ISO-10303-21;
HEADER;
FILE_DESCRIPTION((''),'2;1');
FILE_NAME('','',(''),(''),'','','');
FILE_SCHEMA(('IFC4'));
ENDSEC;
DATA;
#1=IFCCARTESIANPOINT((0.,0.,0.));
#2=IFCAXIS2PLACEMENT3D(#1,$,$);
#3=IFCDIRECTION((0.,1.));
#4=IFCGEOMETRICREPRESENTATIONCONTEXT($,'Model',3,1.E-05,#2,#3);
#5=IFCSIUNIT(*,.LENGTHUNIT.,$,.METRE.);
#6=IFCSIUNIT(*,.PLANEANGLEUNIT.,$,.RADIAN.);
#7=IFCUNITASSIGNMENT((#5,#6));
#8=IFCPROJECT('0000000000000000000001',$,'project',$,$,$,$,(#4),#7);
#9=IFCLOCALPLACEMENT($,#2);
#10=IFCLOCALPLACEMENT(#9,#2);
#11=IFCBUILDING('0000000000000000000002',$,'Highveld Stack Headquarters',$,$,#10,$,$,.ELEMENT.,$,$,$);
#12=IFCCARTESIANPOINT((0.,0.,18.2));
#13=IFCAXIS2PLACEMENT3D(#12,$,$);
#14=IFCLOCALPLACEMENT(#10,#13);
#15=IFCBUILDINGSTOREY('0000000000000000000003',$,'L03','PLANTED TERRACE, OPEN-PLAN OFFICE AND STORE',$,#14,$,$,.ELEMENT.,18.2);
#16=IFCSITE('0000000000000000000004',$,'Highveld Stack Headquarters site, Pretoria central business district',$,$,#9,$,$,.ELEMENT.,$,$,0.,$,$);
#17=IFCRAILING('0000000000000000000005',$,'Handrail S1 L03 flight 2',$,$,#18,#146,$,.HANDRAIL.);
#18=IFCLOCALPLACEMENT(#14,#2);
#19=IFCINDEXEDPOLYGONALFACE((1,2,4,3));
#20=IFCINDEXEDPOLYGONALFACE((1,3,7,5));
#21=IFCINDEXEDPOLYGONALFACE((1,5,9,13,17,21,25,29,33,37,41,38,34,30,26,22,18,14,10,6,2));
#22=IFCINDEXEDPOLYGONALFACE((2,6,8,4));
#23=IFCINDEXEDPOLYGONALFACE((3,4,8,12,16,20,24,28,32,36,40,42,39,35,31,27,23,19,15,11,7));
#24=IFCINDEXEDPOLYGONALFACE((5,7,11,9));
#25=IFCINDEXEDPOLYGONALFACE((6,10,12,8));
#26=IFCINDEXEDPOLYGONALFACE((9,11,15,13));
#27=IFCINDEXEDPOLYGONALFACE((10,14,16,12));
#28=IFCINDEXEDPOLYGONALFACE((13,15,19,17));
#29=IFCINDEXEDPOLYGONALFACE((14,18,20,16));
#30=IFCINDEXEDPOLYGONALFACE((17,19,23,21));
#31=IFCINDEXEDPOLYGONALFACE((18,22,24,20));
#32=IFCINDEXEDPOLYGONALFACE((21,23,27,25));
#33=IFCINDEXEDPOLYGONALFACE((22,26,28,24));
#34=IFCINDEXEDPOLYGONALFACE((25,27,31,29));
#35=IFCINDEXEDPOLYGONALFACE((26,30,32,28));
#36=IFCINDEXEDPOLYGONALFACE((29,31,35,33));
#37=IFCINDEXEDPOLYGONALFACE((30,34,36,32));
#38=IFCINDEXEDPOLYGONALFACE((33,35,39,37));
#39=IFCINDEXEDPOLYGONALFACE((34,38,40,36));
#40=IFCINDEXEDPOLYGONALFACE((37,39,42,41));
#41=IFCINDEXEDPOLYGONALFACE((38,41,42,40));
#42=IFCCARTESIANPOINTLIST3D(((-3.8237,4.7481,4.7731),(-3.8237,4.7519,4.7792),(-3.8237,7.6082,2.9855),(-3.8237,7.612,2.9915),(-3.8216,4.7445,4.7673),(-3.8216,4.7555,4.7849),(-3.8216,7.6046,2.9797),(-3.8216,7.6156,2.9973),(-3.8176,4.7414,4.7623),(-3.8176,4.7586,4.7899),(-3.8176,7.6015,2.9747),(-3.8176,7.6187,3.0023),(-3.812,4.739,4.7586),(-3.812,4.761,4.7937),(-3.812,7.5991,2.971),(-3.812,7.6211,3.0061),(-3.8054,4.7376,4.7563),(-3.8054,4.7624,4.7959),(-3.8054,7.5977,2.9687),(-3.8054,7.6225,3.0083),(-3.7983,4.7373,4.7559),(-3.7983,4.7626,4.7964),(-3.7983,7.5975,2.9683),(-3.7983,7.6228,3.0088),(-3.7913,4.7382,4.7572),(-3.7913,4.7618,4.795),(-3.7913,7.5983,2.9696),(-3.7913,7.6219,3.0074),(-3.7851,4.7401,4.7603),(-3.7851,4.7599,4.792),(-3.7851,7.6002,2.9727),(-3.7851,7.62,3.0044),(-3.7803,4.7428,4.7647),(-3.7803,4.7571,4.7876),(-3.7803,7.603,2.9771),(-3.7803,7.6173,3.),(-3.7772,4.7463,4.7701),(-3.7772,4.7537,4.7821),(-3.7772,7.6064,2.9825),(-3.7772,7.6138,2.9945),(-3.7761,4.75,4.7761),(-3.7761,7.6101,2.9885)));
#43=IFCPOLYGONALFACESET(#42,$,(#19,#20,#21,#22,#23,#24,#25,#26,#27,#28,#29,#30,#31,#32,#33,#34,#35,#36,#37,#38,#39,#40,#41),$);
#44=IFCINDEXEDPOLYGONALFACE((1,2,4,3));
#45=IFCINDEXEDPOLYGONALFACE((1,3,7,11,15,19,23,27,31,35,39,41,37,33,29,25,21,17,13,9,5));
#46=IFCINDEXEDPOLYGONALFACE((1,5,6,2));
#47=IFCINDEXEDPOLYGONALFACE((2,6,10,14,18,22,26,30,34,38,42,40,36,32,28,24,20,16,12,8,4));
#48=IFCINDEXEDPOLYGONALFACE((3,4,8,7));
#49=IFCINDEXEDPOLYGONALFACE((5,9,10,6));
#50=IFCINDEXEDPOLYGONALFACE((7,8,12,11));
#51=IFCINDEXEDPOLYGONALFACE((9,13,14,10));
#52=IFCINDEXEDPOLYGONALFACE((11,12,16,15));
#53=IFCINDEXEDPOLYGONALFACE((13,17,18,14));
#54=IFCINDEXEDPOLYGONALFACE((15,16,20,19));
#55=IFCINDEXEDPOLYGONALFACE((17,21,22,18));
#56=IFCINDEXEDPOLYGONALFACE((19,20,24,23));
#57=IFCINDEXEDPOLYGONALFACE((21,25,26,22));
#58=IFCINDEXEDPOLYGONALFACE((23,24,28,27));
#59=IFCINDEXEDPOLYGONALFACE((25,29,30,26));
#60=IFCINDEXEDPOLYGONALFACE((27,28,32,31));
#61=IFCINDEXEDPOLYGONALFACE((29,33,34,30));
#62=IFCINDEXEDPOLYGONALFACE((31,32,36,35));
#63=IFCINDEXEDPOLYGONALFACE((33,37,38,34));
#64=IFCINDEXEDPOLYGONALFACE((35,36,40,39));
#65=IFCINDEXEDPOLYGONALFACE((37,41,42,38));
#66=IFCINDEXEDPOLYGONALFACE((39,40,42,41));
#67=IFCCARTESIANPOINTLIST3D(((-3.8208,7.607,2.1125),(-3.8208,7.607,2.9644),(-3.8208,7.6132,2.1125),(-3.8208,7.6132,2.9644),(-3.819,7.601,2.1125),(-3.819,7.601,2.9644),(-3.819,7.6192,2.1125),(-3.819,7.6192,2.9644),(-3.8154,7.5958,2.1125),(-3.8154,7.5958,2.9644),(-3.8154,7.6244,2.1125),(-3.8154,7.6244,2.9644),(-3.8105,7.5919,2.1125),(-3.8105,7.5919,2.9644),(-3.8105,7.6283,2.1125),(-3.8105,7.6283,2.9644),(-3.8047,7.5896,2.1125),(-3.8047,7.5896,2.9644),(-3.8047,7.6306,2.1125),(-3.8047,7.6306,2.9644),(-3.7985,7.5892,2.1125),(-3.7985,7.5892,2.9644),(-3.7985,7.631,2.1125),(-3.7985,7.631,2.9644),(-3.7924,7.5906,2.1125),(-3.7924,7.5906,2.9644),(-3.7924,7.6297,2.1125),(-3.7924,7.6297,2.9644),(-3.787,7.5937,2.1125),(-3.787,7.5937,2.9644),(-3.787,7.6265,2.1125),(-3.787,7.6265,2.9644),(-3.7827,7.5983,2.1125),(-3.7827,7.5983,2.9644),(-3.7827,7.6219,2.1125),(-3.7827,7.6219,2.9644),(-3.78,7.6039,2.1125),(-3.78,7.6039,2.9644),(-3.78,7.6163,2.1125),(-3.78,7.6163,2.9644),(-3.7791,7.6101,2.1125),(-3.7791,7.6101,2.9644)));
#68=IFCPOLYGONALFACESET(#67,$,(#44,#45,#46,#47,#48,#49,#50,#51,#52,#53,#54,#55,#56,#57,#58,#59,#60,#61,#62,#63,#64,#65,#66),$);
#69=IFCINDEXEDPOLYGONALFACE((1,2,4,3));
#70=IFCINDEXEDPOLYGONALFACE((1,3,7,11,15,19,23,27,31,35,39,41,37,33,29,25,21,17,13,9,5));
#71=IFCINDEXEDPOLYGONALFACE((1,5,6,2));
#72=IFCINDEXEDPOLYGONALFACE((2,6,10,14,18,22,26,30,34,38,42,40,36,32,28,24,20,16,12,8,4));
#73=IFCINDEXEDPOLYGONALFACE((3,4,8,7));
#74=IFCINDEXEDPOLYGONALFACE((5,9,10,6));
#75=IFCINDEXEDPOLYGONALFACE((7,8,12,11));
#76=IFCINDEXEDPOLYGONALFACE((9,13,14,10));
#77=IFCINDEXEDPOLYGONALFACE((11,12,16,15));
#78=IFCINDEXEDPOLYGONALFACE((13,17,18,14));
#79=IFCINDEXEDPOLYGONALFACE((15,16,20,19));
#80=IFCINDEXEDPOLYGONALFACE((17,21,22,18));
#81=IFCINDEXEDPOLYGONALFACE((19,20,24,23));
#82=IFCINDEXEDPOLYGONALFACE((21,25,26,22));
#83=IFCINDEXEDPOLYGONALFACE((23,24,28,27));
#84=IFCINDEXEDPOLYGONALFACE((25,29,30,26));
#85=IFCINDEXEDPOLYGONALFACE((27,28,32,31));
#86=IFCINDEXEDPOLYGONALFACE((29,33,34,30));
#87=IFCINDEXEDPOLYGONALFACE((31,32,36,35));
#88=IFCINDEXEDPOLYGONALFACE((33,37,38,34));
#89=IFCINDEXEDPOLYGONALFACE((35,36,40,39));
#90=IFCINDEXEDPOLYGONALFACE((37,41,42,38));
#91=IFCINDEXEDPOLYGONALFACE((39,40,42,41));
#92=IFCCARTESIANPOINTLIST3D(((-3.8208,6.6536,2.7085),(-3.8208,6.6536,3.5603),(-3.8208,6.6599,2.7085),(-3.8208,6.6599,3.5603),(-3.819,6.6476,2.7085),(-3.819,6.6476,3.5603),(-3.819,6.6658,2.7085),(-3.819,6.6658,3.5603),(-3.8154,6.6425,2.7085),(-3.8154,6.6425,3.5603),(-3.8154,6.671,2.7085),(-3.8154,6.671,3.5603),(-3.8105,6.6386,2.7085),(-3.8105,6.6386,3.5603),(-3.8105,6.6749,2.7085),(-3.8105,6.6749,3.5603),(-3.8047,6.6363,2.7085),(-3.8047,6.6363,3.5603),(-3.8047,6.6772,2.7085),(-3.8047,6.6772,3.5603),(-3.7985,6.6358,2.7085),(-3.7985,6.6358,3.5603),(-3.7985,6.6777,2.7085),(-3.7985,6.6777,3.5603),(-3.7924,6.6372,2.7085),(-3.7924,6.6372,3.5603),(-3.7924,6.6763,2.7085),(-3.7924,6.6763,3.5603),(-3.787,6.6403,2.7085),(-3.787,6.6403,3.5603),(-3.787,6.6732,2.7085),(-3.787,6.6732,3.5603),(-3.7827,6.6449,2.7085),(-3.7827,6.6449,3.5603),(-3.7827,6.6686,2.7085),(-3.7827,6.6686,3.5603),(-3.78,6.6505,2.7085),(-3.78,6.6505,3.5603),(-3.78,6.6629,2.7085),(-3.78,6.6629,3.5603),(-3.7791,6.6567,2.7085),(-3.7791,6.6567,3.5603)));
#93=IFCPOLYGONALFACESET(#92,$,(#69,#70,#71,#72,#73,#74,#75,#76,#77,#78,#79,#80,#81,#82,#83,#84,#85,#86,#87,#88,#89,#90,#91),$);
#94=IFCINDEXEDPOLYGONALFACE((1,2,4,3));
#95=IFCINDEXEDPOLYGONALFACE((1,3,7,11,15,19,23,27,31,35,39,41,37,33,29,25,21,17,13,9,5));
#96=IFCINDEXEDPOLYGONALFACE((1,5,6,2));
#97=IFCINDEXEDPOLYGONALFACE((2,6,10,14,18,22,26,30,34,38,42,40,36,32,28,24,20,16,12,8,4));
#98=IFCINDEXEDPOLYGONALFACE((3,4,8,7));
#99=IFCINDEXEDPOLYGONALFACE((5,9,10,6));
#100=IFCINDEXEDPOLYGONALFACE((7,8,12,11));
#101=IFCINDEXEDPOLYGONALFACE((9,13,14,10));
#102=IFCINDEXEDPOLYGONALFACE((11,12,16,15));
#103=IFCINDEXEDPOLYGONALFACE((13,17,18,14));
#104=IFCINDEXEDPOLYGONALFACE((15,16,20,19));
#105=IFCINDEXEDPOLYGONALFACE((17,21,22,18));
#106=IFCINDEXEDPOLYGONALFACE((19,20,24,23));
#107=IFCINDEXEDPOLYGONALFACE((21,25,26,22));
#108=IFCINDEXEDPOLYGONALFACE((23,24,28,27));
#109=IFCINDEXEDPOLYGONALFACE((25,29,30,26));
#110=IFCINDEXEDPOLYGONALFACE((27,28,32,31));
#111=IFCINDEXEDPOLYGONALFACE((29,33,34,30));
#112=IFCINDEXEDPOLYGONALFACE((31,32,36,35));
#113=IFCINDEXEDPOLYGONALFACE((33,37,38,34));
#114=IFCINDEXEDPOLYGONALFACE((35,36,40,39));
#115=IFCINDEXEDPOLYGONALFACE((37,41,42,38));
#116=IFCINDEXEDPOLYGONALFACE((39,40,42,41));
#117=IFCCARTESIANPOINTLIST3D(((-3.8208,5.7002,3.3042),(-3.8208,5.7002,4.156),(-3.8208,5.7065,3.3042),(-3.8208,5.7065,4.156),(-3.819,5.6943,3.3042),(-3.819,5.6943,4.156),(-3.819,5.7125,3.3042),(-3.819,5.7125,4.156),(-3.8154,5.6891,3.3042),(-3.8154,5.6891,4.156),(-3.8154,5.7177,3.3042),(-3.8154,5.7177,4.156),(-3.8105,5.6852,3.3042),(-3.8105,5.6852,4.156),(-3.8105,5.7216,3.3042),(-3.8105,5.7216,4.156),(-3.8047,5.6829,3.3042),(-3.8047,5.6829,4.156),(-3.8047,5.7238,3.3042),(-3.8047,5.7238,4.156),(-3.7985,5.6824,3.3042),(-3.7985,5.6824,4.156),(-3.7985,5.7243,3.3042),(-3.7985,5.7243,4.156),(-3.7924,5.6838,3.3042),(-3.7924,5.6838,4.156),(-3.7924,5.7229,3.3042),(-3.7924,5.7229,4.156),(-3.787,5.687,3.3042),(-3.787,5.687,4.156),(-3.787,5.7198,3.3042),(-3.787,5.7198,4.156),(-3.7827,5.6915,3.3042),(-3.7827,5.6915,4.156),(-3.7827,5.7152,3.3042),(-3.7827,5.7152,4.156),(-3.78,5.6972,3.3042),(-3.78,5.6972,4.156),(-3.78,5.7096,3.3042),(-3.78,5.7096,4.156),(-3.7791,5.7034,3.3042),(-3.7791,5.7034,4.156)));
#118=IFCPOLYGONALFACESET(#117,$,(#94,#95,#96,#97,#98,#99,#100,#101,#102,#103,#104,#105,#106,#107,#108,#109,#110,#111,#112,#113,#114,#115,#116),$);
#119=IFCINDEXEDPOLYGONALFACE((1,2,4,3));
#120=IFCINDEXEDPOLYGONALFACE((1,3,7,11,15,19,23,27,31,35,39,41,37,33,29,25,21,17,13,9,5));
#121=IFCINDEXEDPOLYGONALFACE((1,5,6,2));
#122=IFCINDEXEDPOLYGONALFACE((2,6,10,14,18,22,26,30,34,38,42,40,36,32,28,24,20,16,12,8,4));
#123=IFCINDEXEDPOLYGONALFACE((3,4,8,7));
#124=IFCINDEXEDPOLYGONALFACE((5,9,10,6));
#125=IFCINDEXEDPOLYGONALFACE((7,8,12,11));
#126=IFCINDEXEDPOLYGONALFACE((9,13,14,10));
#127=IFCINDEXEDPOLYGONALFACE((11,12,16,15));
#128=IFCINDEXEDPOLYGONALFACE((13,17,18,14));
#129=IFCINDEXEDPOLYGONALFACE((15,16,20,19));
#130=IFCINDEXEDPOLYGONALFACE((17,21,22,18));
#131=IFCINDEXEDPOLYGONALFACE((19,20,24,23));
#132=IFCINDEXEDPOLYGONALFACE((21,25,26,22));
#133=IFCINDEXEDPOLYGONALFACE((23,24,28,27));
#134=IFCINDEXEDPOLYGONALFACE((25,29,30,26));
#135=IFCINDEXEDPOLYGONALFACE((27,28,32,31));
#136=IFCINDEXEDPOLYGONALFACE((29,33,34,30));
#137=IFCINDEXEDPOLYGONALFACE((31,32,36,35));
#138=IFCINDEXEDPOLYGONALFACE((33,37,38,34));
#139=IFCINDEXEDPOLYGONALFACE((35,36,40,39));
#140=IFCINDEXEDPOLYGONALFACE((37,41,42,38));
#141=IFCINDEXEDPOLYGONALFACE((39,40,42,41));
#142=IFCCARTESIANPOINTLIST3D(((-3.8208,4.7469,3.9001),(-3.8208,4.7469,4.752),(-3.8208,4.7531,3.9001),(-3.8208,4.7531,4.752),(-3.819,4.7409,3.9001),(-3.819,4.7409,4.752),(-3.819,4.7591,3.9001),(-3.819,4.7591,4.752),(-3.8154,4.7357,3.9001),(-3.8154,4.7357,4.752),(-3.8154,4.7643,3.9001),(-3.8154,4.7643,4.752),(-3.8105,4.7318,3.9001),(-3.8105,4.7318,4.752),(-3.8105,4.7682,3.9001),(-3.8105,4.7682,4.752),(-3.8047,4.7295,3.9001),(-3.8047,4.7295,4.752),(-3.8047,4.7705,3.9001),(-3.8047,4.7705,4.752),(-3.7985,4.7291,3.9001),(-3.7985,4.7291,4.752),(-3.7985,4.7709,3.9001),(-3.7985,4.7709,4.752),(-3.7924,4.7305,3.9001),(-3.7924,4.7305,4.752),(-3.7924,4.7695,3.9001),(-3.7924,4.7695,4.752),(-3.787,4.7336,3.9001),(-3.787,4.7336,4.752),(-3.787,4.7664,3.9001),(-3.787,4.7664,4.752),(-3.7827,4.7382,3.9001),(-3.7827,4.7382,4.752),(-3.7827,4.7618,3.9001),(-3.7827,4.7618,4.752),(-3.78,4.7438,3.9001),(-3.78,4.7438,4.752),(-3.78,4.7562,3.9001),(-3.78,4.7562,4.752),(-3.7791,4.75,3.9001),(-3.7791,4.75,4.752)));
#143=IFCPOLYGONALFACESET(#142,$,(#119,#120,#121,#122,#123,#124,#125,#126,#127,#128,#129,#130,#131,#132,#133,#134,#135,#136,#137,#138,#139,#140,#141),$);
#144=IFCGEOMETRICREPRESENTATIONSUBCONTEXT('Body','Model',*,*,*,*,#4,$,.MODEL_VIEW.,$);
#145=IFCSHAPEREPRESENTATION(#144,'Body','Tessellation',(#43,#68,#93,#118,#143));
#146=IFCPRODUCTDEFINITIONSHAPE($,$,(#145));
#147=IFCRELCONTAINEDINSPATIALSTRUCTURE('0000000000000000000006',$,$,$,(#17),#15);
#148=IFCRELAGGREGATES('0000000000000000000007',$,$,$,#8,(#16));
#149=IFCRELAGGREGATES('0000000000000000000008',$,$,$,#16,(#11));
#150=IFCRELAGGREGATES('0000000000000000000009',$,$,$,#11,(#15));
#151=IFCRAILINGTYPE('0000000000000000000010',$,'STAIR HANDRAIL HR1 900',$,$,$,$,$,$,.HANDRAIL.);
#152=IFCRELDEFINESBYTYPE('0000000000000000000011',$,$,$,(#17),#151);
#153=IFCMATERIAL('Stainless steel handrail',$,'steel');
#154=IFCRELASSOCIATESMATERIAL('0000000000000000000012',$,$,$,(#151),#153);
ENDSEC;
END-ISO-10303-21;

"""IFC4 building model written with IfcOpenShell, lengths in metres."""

from ifc_helpers import new_model, si_unit, direction, frame, origin, origin_2d, place, context, subcontext, project, spatial, circle, extrude, material, type_object, element, save


model = new_model("IFC4")

# Units and contexts
model_context = context("Model", 3, precision=1e-05, world=origin(), true_north=direction((0.0, 1.0)))
body_context = subcontext(model_context, "Body", "Model", "MODEL_VIEW")
ifc_project = project(units=[si_unit("LENGTHUNIT", "METRE"), si_unit("PLANEANGLEUNIT", "RADIAN")], contexts=[model_context])

# Site, building, storey
site_placement = place(None, origin())
site = spatial("IfcSite", under=ifc_project, at=site_placement, Name="Highveld Stack Headquarters site, Pretoria central business district", CompositionType="ELEMENT", RefElevation=0.0)
building_placement = place(site_placement, origin())
building = spatial("IfcBuilding", under=site, at=building_placement, Name="Highveld Stack Headquarters", CompositionType="ELEMENT")
storey_placement = place(building_placement, frame((0.0, 0.0, 18.2)))
storey = spatial("IfcBuildingStorey", under=building, at=storey_placement, Name="L03", Description="PLANTED TERRACE, OPEN-PLAN OFFICE AND STORE", CompositionType="ELEMENT", Elevation=18.2)

# Railing
ifc_material_1 = material(Name="Stainless steel handrail", Category="steel")
railing_type = type_object("IfcRailingType", Name="STAIR HANDRAIL HR1 900", PredefinedType="HANDRAIL", material=ifc_material_1)
for number, where, name in (
    (1, (-3.8, 7.6101, 2.1125), "Handrail S1 L03 flight 2"),
):
    element("IfcRailing", number, at=place(storey_placement, frame(where)), inside=storey, type_object=railing_type, Name=name, PredefinedType="HANDRAIL", context=body_context, shape_type="SweptSolid", body=[
        extrude(circle(Radius=0.0239, at=origin_2d()), frame((0.0, 0.0, 0.876), z_axis=(0.0, -0.847994, 0.530005), x_axis=(1.0, 0.0, 0.0)), (0.0, 0.0, 1.0), 3.3728),
        extrude(circle(Radius=0.021, at=origin_2d()), origin(), (0.0, 0.0, 1.0), 0.8518),
        extrude(circle(Radius=0.021, at=origin_2d()), frame((0.0, -0.9534, 0.5959)), (0.0, 0.0, 1.0), 0.8518),
        extrude(circle(Radius=0.021, at=origin_2d()), frame((0.0, -1.9067, 1.1917)), (0.0, 0.0, 1.0), 0.8518),
        extrude(circle(Radius=0.021, at=origin_2d()), frame((0.0, -2.8601, 1.7876)), (0.0, 0.0, 1.0), 0.8518),
    ])

save(model, "model.ifc")
